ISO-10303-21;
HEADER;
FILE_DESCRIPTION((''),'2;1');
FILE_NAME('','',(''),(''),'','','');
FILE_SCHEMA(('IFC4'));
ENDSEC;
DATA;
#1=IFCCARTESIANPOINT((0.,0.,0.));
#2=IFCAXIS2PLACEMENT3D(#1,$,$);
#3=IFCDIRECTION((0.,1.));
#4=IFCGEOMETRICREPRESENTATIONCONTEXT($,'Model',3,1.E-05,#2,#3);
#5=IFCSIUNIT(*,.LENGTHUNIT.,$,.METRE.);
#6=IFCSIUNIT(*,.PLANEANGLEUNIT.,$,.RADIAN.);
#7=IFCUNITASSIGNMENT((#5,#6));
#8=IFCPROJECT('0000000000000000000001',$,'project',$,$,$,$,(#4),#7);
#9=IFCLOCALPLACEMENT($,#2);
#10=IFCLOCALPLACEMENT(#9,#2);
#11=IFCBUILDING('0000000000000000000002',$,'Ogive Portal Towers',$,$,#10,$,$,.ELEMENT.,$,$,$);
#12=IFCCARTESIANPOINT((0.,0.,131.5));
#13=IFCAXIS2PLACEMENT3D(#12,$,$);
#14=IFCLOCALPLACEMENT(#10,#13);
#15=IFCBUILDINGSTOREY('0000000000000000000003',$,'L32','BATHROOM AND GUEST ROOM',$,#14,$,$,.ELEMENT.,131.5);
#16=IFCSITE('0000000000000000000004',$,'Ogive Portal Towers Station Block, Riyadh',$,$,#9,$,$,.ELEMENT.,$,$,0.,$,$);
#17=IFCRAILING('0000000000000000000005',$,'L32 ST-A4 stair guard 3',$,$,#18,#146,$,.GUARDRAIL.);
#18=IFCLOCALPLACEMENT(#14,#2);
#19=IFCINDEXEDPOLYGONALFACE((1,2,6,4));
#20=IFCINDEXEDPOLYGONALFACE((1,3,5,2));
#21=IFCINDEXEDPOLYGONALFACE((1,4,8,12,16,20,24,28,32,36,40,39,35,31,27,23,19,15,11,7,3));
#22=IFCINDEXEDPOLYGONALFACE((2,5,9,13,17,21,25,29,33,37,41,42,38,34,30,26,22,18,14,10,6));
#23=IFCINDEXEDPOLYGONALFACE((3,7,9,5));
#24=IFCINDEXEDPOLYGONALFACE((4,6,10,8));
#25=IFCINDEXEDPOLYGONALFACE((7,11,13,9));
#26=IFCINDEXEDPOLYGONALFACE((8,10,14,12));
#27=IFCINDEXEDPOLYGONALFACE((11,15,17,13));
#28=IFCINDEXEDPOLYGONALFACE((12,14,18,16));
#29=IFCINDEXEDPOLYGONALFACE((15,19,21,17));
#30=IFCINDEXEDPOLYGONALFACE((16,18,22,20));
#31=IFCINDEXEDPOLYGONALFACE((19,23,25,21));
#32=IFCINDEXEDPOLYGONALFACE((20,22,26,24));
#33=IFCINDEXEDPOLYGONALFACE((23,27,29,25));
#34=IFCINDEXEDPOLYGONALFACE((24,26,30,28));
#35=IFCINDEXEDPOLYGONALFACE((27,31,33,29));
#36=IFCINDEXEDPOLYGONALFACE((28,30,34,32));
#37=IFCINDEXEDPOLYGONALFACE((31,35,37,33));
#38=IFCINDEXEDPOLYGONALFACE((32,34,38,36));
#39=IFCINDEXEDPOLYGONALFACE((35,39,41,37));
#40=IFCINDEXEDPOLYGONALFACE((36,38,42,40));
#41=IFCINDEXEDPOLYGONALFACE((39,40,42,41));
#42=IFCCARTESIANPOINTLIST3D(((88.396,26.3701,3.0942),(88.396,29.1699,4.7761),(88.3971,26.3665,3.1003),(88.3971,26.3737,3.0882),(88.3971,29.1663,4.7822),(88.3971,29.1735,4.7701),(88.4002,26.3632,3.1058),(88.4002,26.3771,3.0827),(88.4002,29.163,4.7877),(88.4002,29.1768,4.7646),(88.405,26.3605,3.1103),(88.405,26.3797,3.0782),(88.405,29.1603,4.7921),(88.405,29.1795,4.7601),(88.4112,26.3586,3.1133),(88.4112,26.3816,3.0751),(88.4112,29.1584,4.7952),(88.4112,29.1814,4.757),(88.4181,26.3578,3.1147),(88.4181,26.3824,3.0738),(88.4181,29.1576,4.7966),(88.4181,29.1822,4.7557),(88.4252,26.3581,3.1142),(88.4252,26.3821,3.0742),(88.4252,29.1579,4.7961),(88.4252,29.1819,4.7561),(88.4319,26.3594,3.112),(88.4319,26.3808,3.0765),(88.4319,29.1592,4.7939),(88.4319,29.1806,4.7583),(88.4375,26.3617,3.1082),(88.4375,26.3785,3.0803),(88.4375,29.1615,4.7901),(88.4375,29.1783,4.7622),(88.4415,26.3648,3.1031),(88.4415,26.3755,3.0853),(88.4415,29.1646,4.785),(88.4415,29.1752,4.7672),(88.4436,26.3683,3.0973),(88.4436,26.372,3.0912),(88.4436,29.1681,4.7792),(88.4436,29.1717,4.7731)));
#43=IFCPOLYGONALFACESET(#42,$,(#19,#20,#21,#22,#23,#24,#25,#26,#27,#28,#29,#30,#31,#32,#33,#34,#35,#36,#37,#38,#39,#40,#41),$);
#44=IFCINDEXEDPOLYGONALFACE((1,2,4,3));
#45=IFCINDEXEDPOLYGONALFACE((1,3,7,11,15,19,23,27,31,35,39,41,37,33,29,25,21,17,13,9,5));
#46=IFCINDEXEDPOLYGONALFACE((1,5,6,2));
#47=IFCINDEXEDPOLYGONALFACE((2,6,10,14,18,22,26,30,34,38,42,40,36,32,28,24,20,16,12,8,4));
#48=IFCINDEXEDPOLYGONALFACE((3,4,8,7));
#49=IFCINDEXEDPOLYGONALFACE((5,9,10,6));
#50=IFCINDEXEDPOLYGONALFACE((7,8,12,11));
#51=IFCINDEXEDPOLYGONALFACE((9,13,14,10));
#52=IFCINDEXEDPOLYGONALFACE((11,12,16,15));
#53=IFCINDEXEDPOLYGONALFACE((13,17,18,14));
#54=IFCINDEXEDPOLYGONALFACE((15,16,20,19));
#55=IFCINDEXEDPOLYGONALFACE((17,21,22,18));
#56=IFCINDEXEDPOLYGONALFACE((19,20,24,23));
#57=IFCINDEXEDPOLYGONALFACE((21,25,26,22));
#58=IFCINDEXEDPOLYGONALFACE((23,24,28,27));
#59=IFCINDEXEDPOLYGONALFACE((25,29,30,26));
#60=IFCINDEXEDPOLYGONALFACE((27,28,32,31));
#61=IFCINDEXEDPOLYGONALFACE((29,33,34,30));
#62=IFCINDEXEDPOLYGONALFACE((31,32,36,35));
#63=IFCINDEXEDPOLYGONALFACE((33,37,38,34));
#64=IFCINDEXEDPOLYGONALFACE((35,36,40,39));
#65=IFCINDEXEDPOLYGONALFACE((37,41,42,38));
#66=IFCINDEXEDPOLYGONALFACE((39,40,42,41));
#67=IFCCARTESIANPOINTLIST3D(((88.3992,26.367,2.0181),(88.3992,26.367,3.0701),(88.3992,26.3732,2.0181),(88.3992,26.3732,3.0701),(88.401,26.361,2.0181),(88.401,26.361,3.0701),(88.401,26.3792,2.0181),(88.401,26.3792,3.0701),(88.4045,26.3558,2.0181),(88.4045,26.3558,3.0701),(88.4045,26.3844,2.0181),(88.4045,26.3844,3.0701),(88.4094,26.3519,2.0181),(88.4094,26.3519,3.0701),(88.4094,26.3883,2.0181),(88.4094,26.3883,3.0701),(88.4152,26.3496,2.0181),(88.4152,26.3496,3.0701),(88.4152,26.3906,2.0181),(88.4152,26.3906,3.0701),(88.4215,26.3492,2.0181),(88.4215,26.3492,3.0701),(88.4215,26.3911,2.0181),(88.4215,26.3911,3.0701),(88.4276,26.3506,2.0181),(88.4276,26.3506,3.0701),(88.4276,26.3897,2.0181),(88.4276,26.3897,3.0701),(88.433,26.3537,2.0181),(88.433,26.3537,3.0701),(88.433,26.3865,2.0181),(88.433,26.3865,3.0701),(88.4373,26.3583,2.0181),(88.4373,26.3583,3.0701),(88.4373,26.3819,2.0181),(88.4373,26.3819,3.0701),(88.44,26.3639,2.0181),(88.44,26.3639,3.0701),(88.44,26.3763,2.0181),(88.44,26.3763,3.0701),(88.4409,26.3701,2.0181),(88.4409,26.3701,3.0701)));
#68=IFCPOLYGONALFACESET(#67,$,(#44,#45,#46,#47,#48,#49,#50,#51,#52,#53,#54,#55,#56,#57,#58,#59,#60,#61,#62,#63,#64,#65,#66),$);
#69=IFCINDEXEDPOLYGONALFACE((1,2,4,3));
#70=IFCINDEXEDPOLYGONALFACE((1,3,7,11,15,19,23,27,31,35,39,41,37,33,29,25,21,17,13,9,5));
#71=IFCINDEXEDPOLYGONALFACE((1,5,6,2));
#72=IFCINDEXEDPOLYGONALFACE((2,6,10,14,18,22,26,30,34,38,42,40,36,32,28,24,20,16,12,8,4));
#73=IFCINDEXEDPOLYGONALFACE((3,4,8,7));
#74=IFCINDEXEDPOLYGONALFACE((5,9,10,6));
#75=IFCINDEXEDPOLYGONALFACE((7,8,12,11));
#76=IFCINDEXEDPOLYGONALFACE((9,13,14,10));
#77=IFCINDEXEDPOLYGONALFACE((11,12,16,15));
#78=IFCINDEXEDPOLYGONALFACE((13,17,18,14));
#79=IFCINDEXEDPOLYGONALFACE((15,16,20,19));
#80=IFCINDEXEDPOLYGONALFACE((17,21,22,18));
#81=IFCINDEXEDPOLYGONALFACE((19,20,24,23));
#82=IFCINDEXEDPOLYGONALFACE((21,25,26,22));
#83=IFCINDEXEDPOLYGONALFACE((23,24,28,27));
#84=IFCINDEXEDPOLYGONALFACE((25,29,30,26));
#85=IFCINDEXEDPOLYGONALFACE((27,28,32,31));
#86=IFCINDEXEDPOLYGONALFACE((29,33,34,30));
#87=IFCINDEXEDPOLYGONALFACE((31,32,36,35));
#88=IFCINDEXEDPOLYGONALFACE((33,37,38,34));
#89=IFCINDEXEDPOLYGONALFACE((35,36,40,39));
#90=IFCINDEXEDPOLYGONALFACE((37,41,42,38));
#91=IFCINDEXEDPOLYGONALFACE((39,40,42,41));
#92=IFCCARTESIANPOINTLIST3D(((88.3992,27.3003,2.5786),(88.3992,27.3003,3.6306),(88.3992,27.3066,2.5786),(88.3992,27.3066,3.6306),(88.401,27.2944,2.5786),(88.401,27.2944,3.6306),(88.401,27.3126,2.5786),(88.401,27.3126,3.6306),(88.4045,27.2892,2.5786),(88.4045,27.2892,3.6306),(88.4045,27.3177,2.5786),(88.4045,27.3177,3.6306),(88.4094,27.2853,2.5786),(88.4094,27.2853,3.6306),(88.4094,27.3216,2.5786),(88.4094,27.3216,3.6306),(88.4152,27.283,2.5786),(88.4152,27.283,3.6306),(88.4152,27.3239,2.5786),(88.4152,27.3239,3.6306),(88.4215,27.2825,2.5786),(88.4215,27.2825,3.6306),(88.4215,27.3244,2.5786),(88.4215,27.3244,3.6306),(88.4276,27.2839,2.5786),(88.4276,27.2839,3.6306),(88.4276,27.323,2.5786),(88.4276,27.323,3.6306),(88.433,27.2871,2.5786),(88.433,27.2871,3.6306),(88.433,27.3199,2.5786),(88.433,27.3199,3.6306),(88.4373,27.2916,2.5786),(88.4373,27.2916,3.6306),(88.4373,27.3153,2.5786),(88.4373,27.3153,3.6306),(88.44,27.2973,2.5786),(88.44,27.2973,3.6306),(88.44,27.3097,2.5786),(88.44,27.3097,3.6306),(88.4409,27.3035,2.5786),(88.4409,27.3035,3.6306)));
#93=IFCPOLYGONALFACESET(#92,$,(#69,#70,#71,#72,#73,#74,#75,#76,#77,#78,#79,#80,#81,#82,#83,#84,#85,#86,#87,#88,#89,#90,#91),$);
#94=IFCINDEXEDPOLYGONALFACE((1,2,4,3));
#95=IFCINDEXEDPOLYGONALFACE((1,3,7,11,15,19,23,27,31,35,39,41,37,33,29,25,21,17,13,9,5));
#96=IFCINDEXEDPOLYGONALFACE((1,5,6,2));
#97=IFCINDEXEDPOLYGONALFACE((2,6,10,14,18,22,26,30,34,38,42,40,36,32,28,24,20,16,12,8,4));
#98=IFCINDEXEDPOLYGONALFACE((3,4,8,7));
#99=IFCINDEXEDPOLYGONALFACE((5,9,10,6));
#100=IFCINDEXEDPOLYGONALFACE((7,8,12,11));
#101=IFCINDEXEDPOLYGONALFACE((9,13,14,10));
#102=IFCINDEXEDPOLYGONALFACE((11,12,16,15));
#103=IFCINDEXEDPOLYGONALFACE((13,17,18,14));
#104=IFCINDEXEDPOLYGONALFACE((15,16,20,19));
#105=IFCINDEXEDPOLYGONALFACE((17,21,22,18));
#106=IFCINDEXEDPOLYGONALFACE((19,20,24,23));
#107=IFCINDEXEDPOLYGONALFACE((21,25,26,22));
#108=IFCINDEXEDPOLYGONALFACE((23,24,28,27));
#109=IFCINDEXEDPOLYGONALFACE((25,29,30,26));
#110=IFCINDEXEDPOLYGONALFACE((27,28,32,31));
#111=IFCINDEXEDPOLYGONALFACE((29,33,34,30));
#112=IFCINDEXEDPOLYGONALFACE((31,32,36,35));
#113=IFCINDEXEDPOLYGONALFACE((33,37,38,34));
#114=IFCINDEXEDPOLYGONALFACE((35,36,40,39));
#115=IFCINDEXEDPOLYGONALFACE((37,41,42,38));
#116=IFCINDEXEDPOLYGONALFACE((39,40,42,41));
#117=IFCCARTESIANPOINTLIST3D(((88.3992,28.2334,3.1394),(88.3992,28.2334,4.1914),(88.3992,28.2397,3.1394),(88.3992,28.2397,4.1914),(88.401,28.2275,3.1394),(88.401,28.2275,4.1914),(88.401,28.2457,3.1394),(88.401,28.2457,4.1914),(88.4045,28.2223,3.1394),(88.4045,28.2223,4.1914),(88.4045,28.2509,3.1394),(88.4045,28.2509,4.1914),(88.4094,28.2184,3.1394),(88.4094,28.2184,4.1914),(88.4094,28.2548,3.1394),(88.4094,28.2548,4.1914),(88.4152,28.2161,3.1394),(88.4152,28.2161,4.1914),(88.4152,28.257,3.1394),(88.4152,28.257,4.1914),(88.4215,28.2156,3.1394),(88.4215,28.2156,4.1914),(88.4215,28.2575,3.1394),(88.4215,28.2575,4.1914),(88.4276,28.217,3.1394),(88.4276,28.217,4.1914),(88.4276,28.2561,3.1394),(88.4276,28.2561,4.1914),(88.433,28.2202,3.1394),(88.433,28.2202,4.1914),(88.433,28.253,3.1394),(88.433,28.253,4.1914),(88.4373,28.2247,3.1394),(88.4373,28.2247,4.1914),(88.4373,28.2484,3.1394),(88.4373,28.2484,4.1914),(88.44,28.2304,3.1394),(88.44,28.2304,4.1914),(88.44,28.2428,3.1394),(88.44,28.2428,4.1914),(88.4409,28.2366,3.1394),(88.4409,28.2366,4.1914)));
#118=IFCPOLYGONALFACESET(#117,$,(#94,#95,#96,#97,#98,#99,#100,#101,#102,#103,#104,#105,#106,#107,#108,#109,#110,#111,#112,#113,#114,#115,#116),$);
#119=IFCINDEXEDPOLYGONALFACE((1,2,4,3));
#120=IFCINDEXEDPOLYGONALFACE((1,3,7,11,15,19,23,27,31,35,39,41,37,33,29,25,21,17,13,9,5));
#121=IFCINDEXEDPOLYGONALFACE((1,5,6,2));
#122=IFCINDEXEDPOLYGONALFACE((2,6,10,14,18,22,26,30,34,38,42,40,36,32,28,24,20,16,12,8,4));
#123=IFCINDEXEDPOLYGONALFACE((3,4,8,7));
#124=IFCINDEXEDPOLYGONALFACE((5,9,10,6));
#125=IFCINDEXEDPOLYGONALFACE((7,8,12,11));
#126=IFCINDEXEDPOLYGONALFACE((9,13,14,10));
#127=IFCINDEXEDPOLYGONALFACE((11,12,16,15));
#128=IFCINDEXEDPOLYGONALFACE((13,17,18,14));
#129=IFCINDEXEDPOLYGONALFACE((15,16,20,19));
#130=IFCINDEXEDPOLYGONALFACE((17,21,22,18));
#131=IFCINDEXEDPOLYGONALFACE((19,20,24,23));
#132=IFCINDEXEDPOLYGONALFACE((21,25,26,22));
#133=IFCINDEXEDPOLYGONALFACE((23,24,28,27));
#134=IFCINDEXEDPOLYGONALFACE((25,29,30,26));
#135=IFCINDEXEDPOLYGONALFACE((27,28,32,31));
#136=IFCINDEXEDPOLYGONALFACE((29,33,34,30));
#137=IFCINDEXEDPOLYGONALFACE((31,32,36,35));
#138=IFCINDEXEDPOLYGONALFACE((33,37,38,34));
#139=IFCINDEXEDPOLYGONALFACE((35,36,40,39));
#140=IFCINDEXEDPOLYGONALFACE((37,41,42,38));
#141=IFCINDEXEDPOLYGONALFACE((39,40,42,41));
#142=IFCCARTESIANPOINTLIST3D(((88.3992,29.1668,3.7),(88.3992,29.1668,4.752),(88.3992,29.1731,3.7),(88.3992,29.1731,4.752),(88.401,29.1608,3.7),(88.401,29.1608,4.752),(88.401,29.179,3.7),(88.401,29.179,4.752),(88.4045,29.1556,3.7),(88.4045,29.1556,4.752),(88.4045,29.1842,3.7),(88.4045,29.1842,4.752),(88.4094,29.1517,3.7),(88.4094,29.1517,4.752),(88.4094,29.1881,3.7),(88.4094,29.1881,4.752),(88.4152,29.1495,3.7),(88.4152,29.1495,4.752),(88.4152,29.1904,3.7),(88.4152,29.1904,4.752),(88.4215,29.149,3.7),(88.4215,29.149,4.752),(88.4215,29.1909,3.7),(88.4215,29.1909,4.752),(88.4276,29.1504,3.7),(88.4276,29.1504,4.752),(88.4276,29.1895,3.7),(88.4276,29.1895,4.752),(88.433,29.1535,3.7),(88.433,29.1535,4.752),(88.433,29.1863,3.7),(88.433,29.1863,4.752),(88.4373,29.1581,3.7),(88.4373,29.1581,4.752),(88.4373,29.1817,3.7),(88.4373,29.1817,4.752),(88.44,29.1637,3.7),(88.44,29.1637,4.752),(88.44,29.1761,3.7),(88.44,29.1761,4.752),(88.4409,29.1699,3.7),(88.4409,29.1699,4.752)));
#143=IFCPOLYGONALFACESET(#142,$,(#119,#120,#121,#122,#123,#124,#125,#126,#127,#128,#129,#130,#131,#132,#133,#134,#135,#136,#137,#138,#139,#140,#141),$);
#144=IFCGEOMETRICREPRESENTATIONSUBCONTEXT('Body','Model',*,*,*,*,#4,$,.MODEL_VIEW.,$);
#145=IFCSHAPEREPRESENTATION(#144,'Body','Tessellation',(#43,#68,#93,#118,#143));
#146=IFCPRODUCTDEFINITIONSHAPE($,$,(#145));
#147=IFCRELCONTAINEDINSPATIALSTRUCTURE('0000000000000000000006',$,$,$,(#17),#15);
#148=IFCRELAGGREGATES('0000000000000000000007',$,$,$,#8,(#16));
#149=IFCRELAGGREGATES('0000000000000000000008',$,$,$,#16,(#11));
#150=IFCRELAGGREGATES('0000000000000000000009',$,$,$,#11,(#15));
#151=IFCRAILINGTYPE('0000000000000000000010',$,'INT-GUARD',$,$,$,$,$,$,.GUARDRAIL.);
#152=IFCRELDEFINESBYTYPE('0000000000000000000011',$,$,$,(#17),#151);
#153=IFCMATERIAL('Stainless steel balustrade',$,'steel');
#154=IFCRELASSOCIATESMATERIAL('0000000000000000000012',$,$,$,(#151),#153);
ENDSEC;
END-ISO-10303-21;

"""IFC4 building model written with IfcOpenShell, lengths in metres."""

from ifc_helpers import new_model, si_unit, direction, frame, origin, origin_2d, place, context, subcontext, project, spatial, circle, extrude, material, type_object, element, save


model = new_model("IFC4")

# Units and contexts
model_context = context("Model", 3, precision=1e-05, world=origin(), true_north=direction((0.0, 1.0)))
body_context = subcontext(model_context, "Body", "Model", "MODEL_VIEW")
ifc_project = project(units=[si_unit("LENGTHUNIT", "METRE"), si_unit("PLANEANGLEUNIT", "RADIAN")], contexts=[model_context])

# Site, building, storey
site_placement = place(None, origin())
site = spatial("IfcSite", under=ifc_project, at=site_placement, Name="Ogive Portal Towers Station Block, Riyadh", CompositionType="ELEMENT", RefElevation=0.0)
building_placement = place(site_placement, origin())
building = spatial("IfcBuilding", under=site, at=building_placement, Name="Ogive Portal Towers", CompositionType="ELEMENT")
storey_placement = place(building_placement, frame((0.0, 0.0, 131.5)))
storey = spatial("IfcBuildingStorey", under=building, at=storey_placement, Name="L32", Description="BATHROOM AND GUEST ROOM", CompositionType="ELEMENT", Elevation=131.5)

# Railing
ifc_material_1 = material(Name="Stainless steel balustrade", Category="steel")
railing_type_1 = type_object("IfcRailingType", Name="INT-GUARD", PredefinedType="GUARDRAIL", material=ifc_material_1)
railing_1_placement = place(storey_placement, frame((88.4199, 26.3701, 2.0181)))
element("IfcRailing", 1, at=railing_1_placement, inside=storey, type_object=railing_type_1, Name="L32 ST-A4 stair guard 3", PredefinedType="GUARDRAIL", context=body_context, shape_type="SweptSolid", body=[
    extrude(circle(Radius=0.0239, at=origin_2d()), frame((0.0, 0.0, 1.0762), z_axis=(0.0, 0.857222, 0.514946), x_axis=(-1.0, 0.0, 0.0)), (0.0, 0.0, 1.0), 3.2661),
    extrude(circle(Radius=0.021, at=origin_2d()), origin(), (0.0, 0.0, 1.0), 1.052),
    extrude(circle(Radius=0.021, at=origin_2d()), frame((0.0, 0.9333, 0.5605)), (0.0, 0.0, 1.0), 1.052),
    extrude(circle(Radius=0.021, at=origin_2d()), frame((0.0, 1.8665, 1.1213)), (0.0, 0.0, 1.0), 1.052),
    extrude(circle(Radius=0.021, at=origin_2d()), frame((0.0, 2.7998, 1.6819)), (0.0, 0.0, 1.0), 1.052),
])

save(model, "model.ifc")
